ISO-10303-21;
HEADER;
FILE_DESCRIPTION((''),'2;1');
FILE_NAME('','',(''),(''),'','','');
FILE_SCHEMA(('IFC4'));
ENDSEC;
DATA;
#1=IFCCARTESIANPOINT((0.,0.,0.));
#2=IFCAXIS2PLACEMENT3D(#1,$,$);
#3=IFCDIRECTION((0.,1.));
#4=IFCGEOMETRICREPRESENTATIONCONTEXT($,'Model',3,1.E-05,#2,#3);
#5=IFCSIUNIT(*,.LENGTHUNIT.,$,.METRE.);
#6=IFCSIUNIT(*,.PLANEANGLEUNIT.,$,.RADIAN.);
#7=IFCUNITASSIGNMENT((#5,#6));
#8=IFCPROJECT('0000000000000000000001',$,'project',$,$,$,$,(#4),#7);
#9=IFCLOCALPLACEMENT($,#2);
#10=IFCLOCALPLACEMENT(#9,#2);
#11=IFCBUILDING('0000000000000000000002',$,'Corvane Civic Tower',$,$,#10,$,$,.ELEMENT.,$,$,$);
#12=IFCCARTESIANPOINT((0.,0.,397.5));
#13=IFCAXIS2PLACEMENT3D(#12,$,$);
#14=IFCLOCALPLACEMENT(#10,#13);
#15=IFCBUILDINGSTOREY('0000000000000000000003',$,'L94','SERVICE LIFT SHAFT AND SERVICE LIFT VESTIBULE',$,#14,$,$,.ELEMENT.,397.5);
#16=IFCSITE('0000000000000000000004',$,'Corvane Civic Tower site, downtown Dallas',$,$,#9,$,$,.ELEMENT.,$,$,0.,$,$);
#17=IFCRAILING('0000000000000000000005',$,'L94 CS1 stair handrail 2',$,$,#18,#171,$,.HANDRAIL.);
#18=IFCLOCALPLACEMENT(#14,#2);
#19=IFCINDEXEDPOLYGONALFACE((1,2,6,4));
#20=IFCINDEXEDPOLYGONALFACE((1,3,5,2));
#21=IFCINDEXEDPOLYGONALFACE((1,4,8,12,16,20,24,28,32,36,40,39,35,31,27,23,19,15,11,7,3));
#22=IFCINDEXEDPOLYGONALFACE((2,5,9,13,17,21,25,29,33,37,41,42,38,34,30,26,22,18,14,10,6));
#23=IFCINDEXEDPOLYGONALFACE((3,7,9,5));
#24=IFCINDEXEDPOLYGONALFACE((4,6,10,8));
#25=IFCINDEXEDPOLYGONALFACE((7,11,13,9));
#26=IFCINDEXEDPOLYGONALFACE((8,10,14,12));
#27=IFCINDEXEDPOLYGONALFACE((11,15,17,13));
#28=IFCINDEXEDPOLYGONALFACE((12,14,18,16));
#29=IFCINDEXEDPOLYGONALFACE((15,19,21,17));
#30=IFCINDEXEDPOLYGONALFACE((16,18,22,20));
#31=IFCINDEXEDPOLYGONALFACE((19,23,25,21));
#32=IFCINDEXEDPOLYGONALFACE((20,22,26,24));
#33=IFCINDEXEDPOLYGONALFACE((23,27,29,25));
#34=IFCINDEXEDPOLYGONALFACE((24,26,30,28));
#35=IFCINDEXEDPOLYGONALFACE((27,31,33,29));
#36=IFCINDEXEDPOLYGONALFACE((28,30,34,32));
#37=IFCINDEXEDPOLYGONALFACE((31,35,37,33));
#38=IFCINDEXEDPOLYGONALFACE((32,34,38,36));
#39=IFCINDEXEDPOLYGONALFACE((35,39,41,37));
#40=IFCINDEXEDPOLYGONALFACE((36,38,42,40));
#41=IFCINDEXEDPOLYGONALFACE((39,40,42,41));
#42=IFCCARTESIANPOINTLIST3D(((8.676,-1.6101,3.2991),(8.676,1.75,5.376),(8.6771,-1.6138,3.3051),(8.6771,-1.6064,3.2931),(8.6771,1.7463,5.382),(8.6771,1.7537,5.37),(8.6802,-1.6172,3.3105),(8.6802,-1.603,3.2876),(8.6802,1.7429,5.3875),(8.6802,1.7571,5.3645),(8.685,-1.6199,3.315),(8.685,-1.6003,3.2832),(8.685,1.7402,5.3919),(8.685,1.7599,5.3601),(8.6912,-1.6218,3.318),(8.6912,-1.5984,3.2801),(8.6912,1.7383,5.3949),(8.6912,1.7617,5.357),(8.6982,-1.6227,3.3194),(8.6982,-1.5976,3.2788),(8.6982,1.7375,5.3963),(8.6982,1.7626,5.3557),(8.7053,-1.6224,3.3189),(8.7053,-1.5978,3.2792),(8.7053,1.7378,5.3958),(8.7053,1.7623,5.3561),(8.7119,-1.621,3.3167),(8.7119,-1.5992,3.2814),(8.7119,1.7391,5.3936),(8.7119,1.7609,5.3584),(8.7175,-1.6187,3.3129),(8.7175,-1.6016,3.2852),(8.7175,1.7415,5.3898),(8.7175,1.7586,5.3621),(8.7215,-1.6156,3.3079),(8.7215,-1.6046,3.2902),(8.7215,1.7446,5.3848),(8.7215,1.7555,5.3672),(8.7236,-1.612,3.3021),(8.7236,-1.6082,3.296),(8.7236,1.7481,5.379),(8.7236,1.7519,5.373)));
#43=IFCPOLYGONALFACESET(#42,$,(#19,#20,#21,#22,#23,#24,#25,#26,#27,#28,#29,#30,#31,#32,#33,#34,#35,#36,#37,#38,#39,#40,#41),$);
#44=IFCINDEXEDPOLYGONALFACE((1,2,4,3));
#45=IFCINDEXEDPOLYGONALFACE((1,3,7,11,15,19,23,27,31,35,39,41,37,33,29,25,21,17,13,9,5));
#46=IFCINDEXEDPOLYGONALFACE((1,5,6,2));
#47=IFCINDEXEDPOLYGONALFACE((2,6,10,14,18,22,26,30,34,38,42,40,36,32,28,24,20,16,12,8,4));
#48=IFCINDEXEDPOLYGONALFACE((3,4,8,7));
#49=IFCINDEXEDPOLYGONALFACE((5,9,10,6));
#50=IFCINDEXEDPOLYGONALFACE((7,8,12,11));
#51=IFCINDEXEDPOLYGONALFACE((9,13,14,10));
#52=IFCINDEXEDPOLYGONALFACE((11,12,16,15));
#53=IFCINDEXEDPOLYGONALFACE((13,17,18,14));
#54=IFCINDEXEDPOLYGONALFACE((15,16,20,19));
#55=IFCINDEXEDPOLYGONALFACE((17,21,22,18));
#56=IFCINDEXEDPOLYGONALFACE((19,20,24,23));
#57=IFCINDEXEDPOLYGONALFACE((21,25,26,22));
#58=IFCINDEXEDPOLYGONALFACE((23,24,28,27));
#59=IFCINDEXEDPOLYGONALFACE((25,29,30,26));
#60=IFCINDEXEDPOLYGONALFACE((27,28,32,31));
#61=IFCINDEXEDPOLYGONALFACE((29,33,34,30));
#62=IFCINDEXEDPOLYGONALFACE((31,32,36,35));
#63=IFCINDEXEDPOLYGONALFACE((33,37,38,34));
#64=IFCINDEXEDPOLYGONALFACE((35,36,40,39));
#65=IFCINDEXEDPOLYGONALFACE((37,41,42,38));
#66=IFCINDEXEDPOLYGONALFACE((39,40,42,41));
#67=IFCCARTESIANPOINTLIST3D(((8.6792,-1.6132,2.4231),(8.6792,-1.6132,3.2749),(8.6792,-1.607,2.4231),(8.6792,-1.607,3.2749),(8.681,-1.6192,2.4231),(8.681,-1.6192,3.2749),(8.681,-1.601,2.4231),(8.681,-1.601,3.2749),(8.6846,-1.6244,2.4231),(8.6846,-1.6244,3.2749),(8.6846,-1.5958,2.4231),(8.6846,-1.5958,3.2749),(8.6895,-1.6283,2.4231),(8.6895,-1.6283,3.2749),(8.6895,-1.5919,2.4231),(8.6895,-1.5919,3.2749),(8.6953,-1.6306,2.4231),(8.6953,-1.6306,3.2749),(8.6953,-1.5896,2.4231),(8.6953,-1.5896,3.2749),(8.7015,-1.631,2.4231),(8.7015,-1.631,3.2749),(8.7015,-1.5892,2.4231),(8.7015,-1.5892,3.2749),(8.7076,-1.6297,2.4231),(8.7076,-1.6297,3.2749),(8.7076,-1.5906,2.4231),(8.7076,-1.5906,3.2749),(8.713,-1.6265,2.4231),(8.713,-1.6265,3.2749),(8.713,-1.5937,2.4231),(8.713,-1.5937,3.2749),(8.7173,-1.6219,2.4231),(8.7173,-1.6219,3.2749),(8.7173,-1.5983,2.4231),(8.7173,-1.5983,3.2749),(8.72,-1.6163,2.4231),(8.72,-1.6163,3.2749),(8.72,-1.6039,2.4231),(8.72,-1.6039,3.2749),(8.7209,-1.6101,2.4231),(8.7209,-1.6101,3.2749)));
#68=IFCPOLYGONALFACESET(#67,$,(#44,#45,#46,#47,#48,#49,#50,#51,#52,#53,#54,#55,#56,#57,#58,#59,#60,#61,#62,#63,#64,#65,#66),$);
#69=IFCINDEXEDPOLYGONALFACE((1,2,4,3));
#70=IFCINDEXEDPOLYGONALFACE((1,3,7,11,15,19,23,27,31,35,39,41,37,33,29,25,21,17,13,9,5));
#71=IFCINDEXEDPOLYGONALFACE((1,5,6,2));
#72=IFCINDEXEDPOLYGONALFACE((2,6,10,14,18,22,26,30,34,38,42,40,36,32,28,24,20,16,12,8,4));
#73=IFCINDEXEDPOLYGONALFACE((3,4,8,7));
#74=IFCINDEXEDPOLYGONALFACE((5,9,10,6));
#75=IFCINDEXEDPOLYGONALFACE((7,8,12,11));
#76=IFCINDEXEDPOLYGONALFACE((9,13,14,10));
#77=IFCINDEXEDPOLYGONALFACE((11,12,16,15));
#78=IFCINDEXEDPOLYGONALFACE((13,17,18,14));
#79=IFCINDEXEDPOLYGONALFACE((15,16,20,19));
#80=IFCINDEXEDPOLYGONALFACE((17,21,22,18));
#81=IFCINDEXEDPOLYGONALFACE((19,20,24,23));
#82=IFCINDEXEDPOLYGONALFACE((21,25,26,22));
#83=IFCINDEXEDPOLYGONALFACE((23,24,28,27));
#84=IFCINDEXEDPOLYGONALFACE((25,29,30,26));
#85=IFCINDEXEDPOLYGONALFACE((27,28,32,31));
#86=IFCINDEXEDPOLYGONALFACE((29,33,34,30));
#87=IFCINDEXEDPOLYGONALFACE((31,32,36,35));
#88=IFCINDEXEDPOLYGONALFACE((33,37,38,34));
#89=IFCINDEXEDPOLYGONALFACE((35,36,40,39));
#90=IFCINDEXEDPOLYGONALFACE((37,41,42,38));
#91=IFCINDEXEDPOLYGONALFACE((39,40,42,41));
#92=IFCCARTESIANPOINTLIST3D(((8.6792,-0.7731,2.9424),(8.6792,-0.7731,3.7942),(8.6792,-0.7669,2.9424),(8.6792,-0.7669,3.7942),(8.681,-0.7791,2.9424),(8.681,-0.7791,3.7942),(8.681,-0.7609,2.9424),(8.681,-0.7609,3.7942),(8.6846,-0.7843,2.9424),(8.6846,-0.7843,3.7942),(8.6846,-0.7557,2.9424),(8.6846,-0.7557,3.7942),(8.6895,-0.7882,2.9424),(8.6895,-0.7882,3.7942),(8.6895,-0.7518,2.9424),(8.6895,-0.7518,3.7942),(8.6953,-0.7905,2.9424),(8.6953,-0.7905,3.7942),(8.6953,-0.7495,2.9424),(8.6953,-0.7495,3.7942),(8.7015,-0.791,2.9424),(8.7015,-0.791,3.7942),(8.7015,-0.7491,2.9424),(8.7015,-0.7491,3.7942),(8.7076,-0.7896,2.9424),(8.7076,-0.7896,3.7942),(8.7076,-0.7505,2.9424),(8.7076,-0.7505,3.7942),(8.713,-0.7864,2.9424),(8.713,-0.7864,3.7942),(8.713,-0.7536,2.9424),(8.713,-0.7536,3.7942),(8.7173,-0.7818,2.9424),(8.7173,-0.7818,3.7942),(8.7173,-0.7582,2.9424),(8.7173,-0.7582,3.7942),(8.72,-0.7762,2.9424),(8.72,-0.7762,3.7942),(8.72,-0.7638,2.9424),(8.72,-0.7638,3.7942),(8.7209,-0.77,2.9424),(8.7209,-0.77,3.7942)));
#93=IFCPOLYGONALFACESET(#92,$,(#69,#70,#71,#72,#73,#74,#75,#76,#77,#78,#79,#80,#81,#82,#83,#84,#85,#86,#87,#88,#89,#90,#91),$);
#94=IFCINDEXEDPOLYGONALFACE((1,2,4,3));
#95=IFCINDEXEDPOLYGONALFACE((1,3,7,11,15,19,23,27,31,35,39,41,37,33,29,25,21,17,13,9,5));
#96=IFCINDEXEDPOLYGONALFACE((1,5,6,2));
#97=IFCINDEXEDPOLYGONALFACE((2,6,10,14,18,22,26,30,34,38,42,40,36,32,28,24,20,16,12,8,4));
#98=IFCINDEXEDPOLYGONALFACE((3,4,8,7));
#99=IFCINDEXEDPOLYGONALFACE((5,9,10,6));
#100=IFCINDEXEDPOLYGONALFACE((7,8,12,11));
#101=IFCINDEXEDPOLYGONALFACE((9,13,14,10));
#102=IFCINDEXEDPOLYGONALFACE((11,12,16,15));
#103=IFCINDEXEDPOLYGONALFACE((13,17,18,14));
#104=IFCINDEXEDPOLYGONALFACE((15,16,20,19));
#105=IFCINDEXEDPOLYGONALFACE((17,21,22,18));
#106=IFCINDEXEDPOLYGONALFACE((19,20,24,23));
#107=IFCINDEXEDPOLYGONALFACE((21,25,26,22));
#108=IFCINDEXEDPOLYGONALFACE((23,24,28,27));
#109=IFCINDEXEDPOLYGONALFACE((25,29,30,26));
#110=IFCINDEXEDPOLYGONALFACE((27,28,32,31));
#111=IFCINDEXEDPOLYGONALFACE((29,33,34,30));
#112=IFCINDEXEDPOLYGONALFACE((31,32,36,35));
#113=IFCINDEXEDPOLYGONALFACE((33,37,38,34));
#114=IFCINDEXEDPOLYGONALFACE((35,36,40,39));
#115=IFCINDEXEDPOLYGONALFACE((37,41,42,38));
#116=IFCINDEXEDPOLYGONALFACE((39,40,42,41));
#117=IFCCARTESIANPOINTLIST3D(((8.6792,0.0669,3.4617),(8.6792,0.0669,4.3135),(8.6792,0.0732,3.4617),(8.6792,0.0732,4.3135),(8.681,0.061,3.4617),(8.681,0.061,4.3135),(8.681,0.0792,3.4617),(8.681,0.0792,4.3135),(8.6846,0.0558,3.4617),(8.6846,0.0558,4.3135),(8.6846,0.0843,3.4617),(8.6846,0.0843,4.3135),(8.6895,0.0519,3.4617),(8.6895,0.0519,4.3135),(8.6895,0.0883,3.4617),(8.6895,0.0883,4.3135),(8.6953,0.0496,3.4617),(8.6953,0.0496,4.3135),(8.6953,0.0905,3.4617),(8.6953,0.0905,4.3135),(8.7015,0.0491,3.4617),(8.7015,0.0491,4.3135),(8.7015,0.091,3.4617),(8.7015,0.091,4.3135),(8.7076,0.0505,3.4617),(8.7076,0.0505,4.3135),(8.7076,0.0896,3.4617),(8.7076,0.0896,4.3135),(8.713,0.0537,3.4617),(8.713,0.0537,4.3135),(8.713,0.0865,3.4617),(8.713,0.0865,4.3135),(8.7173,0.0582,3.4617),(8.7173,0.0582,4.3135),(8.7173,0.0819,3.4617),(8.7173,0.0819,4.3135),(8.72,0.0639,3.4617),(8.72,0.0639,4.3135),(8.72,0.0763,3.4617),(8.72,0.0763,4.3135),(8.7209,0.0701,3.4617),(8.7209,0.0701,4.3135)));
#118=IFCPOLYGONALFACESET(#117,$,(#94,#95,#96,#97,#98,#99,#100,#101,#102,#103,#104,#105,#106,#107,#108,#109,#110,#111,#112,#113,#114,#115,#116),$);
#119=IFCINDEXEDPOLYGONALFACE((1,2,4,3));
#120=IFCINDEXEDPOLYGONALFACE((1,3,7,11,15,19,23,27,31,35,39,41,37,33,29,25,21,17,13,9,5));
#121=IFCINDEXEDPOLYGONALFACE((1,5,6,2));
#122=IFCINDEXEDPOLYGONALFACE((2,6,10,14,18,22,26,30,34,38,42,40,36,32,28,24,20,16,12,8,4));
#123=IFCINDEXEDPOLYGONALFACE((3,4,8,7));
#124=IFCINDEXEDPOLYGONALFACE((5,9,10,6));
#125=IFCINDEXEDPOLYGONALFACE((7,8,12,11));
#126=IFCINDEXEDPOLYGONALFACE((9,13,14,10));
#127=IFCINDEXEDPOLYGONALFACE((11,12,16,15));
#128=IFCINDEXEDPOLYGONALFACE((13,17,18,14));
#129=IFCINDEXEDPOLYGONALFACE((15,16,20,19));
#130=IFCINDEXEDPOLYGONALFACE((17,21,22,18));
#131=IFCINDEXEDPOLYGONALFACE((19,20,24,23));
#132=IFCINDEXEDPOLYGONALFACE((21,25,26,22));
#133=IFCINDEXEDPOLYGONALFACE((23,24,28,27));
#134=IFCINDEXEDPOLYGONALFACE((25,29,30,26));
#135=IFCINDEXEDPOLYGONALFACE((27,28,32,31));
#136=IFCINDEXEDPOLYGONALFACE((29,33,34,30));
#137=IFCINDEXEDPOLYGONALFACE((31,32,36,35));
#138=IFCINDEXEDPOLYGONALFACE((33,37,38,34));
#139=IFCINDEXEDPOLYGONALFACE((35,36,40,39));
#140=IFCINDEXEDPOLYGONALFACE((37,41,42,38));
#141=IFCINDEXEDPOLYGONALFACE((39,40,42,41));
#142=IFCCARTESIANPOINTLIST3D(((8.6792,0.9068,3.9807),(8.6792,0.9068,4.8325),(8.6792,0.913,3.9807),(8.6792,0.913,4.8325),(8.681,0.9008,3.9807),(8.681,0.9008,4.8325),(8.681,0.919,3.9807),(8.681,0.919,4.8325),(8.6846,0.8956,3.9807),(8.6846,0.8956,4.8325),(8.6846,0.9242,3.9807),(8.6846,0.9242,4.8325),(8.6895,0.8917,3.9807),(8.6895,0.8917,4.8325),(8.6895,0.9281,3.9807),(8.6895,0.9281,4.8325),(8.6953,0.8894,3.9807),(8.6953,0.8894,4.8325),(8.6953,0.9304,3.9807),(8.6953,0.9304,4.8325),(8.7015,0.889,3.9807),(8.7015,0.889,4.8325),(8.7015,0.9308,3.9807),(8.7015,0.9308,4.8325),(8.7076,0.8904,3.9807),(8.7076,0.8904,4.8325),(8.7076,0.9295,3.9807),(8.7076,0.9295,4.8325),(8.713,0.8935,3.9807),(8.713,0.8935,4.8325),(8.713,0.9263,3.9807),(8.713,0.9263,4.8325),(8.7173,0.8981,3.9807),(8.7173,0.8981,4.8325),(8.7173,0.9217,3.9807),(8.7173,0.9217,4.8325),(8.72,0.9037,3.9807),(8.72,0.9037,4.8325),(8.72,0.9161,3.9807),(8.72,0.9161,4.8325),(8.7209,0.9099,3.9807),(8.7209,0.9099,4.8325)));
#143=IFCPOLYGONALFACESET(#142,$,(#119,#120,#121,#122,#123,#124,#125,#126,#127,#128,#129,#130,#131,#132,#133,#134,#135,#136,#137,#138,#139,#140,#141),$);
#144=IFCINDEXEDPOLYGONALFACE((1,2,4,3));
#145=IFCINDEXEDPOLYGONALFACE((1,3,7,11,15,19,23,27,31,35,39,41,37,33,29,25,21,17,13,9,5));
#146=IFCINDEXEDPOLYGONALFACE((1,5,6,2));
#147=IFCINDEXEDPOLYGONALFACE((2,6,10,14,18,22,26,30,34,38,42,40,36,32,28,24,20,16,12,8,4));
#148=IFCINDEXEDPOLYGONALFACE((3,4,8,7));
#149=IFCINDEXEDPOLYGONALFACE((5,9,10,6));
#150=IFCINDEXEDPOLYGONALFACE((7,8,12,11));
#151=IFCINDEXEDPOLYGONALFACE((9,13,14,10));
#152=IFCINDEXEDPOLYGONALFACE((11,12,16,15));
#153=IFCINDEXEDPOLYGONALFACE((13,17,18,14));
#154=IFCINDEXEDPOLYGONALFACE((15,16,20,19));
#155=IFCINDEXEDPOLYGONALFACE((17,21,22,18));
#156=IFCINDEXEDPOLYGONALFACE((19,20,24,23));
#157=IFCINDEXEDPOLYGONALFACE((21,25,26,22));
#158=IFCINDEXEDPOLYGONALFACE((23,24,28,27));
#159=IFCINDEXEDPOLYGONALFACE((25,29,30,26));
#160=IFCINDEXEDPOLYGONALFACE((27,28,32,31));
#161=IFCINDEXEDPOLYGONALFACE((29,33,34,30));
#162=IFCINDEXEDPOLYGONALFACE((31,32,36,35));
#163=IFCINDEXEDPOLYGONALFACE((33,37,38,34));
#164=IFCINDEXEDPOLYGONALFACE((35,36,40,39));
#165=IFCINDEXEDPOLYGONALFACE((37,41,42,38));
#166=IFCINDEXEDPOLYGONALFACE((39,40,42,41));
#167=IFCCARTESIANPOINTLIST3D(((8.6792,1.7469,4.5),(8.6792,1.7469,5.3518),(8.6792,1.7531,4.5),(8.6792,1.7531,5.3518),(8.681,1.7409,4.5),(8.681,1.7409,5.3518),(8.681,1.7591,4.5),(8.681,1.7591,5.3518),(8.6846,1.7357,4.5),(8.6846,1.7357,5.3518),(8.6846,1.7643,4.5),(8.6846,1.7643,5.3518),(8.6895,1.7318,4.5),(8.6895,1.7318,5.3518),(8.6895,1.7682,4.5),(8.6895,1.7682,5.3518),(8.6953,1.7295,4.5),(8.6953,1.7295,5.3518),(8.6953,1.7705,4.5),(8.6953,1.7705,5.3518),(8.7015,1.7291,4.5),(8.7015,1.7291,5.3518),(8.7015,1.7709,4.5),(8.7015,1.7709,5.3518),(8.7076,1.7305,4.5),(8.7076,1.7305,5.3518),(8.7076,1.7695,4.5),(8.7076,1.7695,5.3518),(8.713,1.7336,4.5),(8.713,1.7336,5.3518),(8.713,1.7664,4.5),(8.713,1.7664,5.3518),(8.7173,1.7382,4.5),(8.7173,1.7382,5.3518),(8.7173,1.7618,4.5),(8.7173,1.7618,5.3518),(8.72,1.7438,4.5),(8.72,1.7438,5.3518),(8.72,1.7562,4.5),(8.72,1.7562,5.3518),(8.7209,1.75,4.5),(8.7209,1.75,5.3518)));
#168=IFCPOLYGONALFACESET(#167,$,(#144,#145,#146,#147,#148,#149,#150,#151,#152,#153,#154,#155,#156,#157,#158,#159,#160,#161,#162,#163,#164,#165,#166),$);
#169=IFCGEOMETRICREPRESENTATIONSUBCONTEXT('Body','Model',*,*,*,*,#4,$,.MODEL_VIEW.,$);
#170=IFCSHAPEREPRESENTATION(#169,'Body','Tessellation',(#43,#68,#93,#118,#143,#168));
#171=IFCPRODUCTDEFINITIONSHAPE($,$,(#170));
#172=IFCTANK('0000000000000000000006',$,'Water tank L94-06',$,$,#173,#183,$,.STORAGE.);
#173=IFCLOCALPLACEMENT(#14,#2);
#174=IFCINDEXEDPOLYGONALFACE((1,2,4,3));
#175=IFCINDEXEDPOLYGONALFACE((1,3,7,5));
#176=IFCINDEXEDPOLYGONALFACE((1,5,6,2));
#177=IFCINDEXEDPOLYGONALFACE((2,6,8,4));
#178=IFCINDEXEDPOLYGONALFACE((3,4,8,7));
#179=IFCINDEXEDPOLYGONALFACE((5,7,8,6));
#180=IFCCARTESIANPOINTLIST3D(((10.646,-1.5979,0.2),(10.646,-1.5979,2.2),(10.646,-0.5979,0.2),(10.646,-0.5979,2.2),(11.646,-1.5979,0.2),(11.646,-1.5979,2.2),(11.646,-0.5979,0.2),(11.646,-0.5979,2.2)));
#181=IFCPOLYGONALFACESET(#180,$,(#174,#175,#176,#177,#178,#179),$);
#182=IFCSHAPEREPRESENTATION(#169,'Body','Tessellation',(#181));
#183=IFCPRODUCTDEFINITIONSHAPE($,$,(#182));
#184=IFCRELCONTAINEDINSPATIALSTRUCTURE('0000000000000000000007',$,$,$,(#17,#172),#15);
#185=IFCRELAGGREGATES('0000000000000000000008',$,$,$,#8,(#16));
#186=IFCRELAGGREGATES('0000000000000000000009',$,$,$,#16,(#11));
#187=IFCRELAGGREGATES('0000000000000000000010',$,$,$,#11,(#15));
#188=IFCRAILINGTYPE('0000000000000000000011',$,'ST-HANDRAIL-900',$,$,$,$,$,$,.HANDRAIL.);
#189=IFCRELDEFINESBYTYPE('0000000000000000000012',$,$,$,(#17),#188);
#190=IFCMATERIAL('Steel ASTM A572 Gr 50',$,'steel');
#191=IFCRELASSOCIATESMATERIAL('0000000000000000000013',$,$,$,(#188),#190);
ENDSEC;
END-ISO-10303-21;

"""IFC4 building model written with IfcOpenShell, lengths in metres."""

from ifc_helpers import new_model, si_unit, direction, frame, origin, origin_2d, place, context, subcontext, project, spatial, rectangle, circle, extrude, material, type_object, element, save


model = new_model("IFC4")

# Units and contexts
model_context = context("Model", 3, precision=1e-05, world=origin(), true_north=direction((0.0, 1.0)))
body_context = subcontext(model_context, "Body", "Model", "MODEL_VIEW")
ifc_project = project(units=[si_unit("LENGTHUNIT", "METRE"), si_unit("PLANEANGLEUNIT", "RADIAN")], contexts=[model_context])

# Site, building, storey
site_placement = place(None, origin())
site = spatial("IfcSite", under=ifc_project, at=site_placement, Name="Corvane Civic Tower site, downtown Dallas", CompositionType="ELEMENT", RefElevation=0.0)
building_placement = place(site_placement, origin())
building = spatial("IfcBuilding", under=site, at=building_placement, Name="Corvane Civic Tower", CompositionType="ELEMENT")
storey_placement = place(building_placement, frame((0.0, 0.0, 397.5)))
storey = spatial("IfcBuildingStorey", under=building, at=storey_placement, Name="L94", Description="SERVICE LIFT SHAFT AND SERVICE LIFT VESTIBULE", CompositionType="ELEMENT", Elevation=397.5)

# Railing
ifc_material_1 = material(Name="Steel ASTM A572 Gr 50", Category="steel")
railing_type = type_object("IfcRailingType", Name="ST-HANDRAIL-900", PredefinedType="HANDRAIL", material=ifc_material_1)
railing_placement = place(storey_placement, frame((8.7, -1.6101, 2.4231)))
element("IfcRailing", 1, at=railing_placement, inside=storey, type_object=railing_type, Name="L94 CS1 stair handrail 2", PredefinedType="HANDRAIL", context=body_context, shape_type="SweptSolid", body=[
    extrude(circle(Radius=0.0239, at=origin_2d()), frame((0.0, 0.0, 0.876), z_axis=(0.0, 0.850623, 0.525776), x_axis=(-1.0, 0.0, 0.0)), (0.0, 0.0, 1.0), 3.9502),
    extrude(circle(Radius=0.021, at=origin_2d()), origin(), (0.0, 0.0, 1.0), 0.8518),
    extrude(circle(Radius=0.021, at=origin_2d()), frame((0.0, 0.8401, 0.5193)), (0.0, 0.0, 1.0), 0.8518),
    extrude(circle(Radius=0.021, at=origin_2d()), frame((0.0, 1.6802, 1.0386)), (0.0, 0.0, 1.0), 0.8518),
    extrude(circle(Radius=0.021, at=origin_2d()), frame((0.0, 2.52, 1.5576)), (0.0, 0.0, 1.0), 0.8518),
    extrude(circle(Radius=0.021, at=origin_2d()), frame((0.0, 3.3601, 2.0769)), (0.0, 0.0, 1.0), 0.8518),
])

# Tank
tank_placement = place(storey_placement, frame((11.146, -1.0979, 0.2), z_axis=(0.0, 0.0, 1.0), x_axis=(1.0, 0.0, 0.0)))
element("IfcTank", 2, at=tank_placement, inside=storey, Name="Water tank L94-06", PredefinedType="STORAGE", context=body_context, shape_type="SweptSolid", body=[
    extrude(rectangle(XDim=1.0, YDim=1.0, at=origin_2d()), origin(), (0.0, 0.0, 1.0), 2.0),
])

save(model, "model.ifc")
